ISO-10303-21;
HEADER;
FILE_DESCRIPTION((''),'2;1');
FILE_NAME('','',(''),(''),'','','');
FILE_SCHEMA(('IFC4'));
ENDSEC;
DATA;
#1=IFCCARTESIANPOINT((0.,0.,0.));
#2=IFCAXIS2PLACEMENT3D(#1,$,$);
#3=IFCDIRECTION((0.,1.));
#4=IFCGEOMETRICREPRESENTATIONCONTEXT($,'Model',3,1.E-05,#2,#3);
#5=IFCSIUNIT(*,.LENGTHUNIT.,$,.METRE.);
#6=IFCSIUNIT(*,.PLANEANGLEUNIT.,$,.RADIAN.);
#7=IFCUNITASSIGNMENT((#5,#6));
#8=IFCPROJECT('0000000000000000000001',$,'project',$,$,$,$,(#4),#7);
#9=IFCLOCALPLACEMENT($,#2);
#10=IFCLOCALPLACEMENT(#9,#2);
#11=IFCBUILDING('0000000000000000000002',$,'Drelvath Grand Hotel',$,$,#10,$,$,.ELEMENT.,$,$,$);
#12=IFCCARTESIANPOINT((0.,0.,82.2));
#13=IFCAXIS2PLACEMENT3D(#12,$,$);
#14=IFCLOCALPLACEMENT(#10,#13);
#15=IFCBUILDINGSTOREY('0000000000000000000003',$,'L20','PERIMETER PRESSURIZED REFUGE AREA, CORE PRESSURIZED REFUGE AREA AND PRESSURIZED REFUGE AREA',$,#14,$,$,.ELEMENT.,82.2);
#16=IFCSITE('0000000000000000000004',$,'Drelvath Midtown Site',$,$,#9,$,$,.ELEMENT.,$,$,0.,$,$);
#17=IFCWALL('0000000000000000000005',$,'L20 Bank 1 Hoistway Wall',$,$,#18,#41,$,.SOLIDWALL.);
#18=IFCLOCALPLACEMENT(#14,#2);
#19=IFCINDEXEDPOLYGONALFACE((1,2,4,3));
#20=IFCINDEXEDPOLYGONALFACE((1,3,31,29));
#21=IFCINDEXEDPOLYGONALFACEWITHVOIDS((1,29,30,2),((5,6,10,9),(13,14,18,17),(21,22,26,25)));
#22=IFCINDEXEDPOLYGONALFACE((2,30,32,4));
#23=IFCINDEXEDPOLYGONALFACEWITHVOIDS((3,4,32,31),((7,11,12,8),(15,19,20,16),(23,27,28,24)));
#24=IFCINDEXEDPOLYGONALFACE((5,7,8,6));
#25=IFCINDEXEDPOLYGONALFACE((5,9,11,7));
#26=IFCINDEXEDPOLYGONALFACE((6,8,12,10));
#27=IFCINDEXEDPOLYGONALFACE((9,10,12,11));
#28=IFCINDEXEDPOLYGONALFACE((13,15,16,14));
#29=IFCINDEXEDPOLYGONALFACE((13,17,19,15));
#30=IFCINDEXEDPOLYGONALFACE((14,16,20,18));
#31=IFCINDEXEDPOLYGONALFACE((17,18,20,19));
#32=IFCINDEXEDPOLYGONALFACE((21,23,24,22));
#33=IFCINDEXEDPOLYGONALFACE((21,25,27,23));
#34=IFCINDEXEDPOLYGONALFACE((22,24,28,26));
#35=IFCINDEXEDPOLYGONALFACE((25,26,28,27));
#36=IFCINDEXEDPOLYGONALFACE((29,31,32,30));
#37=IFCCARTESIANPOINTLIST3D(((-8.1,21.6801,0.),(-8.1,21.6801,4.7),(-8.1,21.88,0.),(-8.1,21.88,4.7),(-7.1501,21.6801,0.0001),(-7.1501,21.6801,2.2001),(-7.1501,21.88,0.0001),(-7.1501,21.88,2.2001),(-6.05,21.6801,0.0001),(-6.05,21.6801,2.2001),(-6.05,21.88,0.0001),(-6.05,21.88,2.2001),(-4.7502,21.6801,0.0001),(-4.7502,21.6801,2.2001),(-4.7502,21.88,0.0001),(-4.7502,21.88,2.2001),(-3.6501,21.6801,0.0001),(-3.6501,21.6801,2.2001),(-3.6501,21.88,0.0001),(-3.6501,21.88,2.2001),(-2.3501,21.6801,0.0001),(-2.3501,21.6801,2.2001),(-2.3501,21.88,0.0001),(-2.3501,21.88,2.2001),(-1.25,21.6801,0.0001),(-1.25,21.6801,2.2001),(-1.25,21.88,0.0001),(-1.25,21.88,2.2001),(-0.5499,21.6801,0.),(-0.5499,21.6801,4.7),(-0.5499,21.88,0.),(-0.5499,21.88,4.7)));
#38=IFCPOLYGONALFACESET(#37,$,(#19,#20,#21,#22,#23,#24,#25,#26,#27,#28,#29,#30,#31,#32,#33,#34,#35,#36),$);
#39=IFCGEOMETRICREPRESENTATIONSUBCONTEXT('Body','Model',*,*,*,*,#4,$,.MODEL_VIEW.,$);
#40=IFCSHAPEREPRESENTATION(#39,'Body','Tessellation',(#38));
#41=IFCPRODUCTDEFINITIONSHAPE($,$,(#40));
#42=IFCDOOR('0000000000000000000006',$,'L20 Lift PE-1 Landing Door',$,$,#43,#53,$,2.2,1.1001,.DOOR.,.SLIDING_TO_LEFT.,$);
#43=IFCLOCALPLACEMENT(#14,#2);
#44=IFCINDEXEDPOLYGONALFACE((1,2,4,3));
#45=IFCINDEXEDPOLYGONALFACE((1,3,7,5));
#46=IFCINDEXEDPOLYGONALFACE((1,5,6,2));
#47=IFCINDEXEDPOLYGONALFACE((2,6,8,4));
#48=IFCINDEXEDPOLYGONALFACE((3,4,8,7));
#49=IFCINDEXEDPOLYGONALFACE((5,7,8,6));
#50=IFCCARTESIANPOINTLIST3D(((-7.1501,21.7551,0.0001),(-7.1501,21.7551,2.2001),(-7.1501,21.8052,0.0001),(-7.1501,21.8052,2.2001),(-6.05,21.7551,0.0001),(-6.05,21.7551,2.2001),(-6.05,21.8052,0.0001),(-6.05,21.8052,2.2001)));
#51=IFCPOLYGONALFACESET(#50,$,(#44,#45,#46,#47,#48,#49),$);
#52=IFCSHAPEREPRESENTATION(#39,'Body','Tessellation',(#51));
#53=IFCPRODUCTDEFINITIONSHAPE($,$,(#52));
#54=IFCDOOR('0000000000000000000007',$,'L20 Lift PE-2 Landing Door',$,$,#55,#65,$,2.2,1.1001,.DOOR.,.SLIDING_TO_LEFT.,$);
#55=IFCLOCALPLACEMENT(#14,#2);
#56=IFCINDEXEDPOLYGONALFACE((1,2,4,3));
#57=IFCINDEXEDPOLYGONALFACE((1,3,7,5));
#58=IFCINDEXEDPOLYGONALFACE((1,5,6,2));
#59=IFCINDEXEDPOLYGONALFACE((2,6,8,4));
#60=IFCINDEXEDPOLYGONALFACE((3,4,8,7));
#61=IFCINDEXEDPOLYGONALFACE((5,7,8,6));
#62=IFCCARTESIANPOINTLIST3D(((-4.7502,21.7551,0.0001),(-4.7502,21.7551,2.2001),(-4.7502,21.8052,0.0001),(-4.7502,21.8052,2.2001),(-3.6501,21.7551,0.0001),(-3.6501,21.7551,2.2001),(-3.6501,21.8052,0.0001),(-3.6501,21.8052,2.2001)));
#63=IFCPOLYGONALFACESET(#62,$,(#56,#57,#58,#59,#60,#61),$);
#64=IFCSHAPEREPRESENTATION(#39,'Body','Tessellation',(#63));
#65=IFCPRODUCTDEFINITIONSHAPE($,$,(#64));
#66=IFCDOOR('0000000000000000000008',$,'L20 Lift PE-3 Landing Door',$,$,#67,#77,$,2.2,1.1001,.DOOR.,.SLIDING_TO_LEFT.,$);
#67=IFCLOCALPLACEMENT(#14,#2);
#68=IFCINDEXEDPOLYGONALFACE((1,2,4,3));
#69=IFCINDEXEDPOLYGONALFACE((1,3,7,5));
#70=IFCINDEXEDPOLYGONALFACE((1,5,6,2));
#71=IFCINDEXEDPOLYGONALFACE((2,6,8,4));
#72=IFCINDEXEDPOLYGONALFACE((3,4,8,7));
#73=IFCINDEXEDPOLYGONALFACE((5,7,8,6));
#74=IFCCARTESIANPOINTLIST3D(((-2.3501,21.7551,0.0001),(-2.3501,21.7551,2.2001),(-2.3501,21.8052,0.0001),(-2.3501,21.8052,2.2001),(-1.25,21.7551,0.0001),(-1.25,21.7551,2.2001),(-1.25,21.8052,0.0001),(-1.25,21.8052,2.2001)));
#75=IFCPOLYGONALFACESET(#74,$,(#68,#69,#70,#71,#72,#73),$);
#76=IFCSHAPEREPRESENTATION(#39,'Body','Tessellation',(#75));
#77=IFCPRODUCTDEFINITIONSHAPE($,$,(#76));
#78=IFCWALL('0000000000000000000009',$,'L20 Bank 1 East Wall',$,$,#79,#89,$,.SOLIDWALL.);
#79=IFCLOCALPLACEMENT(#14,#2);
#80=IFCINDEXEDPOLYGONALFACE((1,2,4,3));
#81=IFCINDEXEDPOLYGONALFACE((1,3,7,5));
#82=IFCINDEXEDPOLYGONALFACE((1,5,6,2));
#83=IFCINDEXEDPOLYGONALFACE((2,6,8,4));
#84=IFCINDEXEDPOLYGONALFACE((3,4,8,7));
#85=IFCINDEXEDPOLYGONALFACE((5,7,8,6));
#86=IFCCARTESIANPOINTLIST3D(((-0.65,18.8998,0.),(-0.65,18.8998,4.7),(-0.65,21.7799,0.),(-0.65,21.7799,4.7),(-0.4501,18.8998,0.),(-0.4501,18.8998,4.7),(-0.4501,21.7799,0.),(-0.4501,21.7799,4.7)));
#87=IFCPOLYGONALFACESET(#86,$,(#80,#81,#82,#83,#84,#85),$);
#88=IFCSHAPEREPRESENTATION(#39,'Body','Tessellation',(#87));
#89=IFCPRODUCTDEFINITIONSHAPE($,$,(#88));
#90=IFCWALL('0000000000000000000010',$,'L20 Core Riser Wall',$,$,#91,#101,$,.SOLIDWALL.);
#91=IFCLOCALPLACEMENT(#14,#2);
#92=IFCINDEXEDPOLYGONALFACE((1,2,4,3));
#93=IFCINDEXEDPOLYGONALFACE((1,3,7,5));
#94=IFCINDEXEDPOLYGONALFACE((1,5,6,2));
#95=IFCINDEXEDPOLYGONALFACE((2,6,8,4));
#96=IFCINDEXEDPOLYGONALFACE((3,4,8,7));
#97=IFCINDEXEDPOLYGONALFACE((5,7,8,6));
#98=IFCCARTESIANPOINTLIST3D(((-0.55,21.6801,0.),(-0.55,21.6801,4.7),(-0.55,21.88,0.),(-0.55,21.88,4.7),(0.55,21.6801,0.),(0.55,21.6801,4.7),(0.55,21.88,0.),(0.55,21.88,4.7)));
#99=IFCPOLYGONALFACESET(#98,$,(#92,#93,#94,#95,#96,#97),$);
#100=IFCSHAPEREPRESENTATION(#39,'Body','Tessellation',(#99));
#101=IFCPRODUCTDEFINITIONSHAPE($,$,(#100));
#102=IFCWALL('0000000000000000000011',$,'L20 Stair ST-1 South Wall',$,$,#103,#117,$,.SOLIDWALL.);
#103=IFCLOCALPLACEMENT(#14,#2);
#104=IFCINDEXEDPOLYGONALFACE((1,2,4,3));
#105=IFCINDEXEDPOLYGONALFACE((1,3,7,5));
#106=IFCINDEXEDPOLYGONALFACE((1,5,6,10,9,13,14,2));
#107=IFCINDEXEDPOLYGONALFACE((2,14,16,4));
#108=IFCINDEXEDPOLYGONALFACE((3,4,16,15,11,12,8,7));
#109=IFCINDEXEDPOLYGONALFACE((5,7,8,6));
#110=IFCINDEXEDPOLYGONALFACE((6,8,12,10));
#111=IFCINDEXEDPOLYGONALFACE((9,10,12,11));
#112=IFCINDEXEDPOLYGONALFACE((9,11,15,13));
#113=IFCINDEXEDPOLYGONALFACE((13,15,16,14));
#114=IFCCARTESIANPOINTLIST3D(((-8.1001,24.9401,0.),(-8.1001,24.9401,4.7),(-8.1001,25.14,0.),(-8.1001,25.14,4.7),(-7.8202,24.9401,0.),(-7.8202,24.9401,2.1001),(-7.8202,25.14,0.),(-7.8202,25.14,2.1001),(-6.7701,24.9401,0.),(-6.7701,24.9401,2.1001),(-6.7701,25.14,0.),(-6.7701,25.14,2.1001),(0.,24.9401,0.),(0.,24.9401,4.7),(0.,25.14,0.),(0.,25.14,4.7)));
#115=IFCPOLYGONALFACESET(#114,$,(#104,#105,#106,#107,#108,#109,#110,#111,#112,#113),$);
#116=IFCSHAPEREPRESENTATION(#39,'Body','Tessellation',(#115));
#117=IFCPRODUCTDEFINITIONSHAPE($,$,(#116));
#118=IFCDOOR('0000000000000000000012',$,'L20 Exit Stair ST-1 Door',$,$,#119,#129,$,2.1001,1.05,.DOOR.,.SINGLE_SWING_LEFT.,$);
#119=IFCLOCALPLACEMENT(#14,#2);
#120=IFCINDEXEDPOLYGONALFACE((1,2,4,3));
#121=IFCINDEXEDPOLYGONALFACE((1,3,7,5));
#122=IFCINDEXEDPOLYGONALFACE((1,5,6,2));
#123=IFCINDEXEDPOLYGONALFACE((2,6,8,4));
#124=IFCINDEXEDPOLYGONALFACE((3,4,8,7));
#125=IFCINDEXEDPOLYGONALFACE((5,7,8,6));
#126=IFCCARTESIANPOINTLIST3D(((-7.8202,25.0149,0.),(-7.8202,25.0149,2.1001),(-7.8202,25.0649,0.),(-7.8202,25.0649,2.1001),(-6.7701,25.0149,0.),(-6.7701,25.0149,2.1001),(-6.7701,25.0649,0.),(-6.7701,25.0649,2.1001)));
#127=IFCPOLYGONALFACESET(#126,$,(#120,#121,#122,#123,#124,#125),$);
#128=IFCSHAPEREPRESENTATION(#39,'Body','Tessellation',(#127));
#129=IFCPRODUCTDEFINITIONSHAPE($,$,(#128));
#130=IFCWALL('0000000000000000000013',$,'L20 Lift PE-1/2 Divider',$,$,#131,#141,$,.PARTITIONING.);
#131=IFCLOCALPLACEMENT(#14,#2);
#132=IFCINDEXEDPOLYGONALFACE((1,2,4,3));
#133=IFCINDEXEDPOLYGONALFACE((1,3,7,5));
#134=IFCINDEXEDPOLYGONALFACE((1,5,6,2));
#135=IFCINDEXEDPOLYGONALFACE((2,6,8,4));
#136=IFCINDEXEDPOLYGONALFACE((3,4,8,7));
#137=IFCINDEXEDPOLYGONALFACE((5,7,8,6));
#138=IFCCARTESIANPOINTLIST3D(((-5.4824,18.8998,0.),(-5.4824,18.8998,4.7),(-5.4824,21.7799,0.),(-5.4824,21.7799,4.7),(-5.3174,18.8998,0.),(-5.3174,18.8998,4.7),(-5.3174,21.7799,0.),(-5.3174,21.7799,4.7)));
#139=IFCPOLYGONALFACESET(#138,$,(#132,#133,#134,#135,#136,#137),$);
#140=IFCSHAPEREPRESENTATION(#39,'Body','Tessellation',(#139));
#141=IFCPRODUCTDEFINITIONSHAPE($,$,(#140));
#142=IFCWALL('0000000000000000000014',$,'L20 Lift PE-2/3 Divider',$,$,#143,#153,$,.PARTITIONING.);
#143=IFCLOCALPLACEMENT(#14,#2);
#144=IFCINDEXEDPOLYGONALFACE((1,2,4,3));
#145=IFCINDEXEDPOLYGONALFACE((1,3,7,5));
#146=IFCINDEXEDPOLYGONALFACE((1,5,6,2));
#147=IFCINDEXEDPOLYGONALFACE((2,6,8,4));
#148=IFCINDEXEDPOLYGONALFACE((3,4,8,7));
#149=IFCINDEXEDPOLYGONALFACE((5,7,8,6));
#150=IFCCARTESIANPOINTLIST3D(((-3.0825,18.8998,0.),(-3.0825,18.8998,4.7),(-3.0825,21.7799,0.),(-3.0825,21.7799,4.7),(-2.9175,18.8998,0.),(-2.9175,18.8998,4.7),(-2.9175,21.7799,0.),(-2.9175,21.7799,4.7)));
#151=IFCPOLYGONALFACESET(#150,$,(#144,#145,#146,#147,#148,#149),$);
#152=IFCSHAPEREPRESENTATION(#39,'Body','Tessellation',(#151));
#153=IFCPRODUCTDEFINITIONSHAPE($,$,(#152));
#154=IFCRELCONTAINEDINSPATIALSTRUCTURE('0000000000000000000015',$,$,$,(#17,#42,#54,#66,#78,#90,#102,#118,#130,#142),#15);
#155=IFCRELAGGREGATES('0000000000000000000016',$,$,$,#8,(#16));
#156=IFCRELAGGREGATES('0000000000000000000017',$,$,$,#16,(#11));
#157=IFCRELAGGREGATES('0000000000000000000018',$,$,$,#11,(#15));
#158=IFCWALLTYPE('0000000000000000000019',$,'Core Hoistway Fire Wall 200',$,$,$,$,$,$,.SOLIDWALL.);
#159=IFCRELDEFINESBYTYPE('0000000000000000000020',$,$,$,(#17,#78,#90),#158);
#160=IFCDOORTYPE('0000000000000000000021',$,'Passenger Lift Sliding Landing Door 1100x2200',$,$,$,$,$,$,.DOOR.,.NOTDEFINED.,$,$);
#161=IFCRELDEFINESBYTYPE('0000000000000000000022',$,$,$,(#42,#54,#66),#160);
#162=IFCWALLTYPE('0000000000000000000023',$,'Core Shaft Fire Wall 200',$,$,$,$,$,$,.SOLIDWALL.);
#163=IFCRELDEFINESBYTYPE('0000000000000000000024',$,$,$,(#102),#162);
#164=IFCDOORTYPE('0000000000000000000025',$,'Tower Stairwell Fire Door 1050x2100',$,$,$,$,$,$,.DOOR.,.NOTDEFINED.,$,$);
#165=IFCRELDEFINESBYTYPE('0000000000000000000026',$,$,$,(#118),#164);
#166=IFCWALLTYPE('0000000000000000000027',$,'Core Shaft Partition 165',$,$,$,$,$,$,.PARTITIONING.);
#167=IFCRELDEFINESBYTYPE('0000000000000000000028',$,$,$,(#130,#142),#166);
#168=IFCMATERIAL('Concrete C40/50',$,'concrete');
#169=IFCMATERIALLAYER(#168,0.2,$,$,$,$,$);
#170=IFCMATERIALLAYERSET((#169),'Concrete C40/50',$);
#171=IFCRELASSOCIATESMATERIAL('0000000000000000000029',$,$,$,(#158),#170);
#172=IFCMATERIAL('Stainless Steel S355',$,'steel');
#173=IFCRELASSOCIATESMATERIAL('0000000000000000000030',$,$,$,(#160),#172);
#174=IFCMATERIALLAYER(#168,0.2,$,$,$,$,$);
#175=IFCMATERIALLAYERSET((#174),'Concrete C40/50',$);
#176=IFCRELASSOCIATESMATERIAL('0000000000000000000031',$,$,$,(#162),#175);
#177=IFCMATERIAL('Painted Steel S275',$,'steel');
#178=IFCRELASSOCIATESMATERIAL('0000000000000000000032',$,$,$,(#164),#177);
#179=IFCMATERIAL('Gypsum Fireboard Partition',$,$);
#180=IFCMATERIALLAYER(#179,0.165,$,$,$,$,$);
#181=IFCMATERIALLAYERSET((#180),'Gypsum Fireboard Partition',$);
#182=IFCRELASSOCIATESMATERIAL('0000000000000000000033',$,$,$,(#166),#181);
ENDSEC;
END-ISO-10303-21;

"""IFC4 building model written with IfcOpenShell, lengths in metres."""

from ifc_helpers import new_model, si_unit, direction, frame, frame_2d, origin, place, context, subcontext, project, spatial, rectangle, extrude, material, layer, layer_set, type_object, element, fill, save


model = new_model("IFC4")

# Units and contexts
model_context = context("Model", 3, precision=1e-05, world=origin(), true_north=direction((0.0, 1.0)))
body_context = subcontext(model_context, "Body", "Model", "MODEL_VIEW")
ifc_project = project(units=[si_unit("LENGTHUNIT", "METRE"), si_unit("PLANEANGLEUNIT", "RADIAN")], contexts=[model_context])

# Site, building, storey
site_placement = place(None, origin())
site = spatial("IfcSite", under=ifc_project, at=site_placement, Name="Drelvath Midtown Site", CompositionType="ELEMENT", RefElevation=0.0)
building_placement = place(site_placement, origin())
building = spatial("IfcBuilding", under=site, at=building_placement, Name="Drelvath Grand Hotel", CompositionType="ELEMENT")
storey_placement = place(building_placement, frame((0.0, 0.0, 82.2)))
storey = spatial("IfcBuildingStorey", under=building, at=storey_placement, Name="L20", Description="PERIMETER PRESSURIZED REFUGE AREA, CORE PRESSURIZED REFUGE AREA AND PRESSURIZED REFUGE AREA", CompositionType="ELEMENT", Elevation=82.2)

# Wall, openings, doors
ifc_material_1 = material(Name="Concrete C40/50", Category="concrete")
ifc_layer_1 = layer(ifc_material_1, 0.2)
ifc_layer_set_1 = layer_set([ifc_layer_1], Name="Concrete C40/50")
wall_type_1 = type_object("IfcWallType", Name="Core Hoistway Fire Wall 200", PredefinedType="SOLIDWALL", material=ifc_layer_set_1)
wall_1_placement = place(storey_placement, frame((-0.55, 21.78, 0.0), z_axis=(0.0, 0.0, 1.0), x_axis=(-1.0, 0.0, 0.0)))
wall_1 = element("IfcWall", 1, at=wall_1_placement, inside=storey, type_object=wall_type_1, Name="L20 Bank 1 Hoistway Wall", PredefinedType="SOLIDWALL", context=body_context, shape_type="SweptSolid", body=[
    extrude(rectangle(XDim=7.55, YDim=0.2, at=frame_2d((3.7749, 0.0))), origin(), (0.0, 0.0, 1.0), 4.7),
])
opening_1_placement = place(wall_1_placement, frame((5.5, 0.0, 0.0)))
opening_1 = element("IfcOpeningElement", 2, at=opening_1_placement, cuts=wall_1, PredefinedType="OPENING", context=body_context, shape_type="SweptSolid", body=[
    extrude(rectangle(XDim=1.1001, YDim=2.2, at=frame_2d((0.55, 1.1001))), frame((0.0, 0.1099, 0.0), z_axis=(0.0, -1.0, 0.0), x_axis=(1.0, 0.0, 0.0)), (0.0, 0.0, 1.0), 0.22),
])
opening_2_placement = place(wall_1_placement, frame((3.1001, 0.0, 0.0)))
opening_2 = element("IfcOpeningElement", 3, at=opening_2_placement, cuts=wall_1, PredefinedType="OPENING", context=body_context, shape_type="SweptSolid", body=[
    extrude(rectangle(XDim=1.1001, YDim=2.2, at=frame_2d((0.55, 1.1001))), frame((0.0, 0.1099, 0.0), z_axis=(0.0, -1.0, 0.0), x_axis=(1.0, 0.0, 0.0)), (0.0, 0.0, 1.0), 0.22),
])
opening_3_placement = place(wall_1_placement, frame((0.7, 0.0, 0.0)))
opening_3 = element("IfcOpeningElement", 4, at=opening_3_placement, cuts=wall_1, PredefinedType="OPENING", context=body_context, shape_type="SweptSolid", body=[
    extrude(rectangle(XDim=1.1001, YDim=2.2, at=frame_2d((0.55, 1.1001))), frame((0.0, 0.1099, 0.0), z_axis=(0.0, -1.0, 0.0), x_axis=(1.0, 0.0, 0.0)), (0.0, 0.0, 1.0), 0.22),
])
ifc_material_2 = material(Name="Stainless Steel S355", Category="steel")
door_type_1 = type_object("IfcDoorType", Name="Passenger Lift Sliding Landing Door 1100x2200", OperationType="NOTDEFINED", PredefinedType="DOOR", material=ifc_material_2)
door_1_placement = place(opening_1_placement, origin())
door_1 = element("IfcDoor", 5, at=door_1_placement, inside=storey, type_object=door_type_1, Name="L20 Lift PE-1 Landing Door", OperationType="SLIDING_TO_LEFT", OverallHeight=2.2, OverallWidth=1.1001, PredefinedType="DOOR", context=body_context, shape_type="SweptSolid", body=[
    extrude(rectangle(XDim=1.1001, YDim=2.2, at=frame_2d((0.55, 1.1001))), frame((0.0, 0.0249, 0.0), z_axis=(0.0, -1.0, 0.0), x_axis=(1.0, 0.0, 0.0)), (0.0, 0.0, 1.0), 0.05),
])
fill(opening_1, door_1)
door_2_placement = place(opening_2_placement, origin())
door_2 = element("IfcDoor", 6, at=door_2_placement, inside=storey, type_object=door_type_1, Name="L20 Lift PE-2 Landing Door", OperationType="SLIDING_TO_LEFT", OverallHeight=2.2, OverallWidth=1.1001, PredefinedType="DOOR", context=body_context, shape_type="SweptSolid", body=[
    extrude(rectangle(XDim=1.1001, YDim=2.2, at=frame_2d((0.55, 1.1001))), frame((0.0, 0.0249, 0.0), z_axis=(0.0, -1.0, 0.0), x_axis=(1.0, 0.0, 0.0)), (0.0, 0.0, 1.0), 0.05),
])
fill(opening_2, door_2)
door_3_placement = place(opening_3_placement, origin())
door_3 = element("IfcDoor", 7, at=door_3_placement, inside=storey, type_object=door_type_1, Name="L20 Lift PE-3 Landing Door", OperationType="SLIDING_TO_LEFT", OverallHeight=2.2, OverallWidth=1.1001, PredefinedType="DOOR", context=body_context, shape_type="SweptSolid", body=[
    extrude(rectangle(XDim=1.1001, YDim=2.2, at=frame_2d((0.55, 1.1001))), frame((0.0, 0.0249, 0.0), z_axis=(0.0, -1.0, 0.0), x_axis=(1.0, 0.0, 0.0)), (0.0, 0.0, 1.0), 0.05),
])
fill(opening_3, door_3)

# Walls
wall_2_placement = place(storey_placement, frame((-0.55, 18.8999, 0.0), z_axis=(0.0, 0.0, 1.0), x_axis=(0.0, 1.0, 0.0)))
element("IfcWall", 8, at=wall_2_placement, inside=storey, type_object=wall_type_1, Name="L20 Bank 1 East Wall", PredefinedType="SOLIDWALL", context=body_context, shape_type="SweptSolid", body=[
    extrude(rectangle(XDim=2.8801, YDim=0.2, at=frame_2d((1.4399, 0.0))), origin(), (0.0, 0.0, 1.0), 4.7),
])
wall_3_placement = place(storey_placement, frame((-0.55, 21.78, 0.0), z_axis=(0.0, 0.0, 1.0), x_axis=(1.0, 0.0, 0.0)))
element("IfcWall", 9, at=wall_3_placement, inside=storey, type_object=wall_type_1, Name="L20 Core Riser Wall", PredefinedType="SOLIDWALL", context=body_context, shape_type="SweptSolid", body=[
    extrude(rectangle(XDim=1.1001, YDim=0.2, at=frame_2d((0.55, 0.0))), origin(), (0.0, 0.0, 1.0), 4.7),
])

# Wall, opening, door
ifc_layer_2 = layer(ifc_material_1, 0.2)
ifc_layer_set_2 = layer_set([ifc_layer_2], Name="Concrete C40/50")
wall_type_2 = type_object("IfcWallType", Name="Core Shaft Fire Wall 200", PredefinedType="SOLIDWALL", material=ifc_layer_set_2)
wall_4_placement = place(storey_placement, frame((-8.1001, 25.04, 0.0), z_axis=(0.0, 0.0, 1.0), x_axis=(1.0, 0.0, 0.0)))
wall_4 = element("IfcWall", 10, at=wall_4_placement, inside=storey, type_object=wall_type_2, Name="L20 Stair ST-1 South Wall", PredefinedType="SOLIDWALL", context=body_context, shape_type="SweptSolid", body=[
    extrude(rectangle(XDim=8.1001, YDim=0.2, at=frame_2d((4.05, 0.0))), origin(), (0.0, 0.0, 1.0), 4.7),
])
opening_4_placement = place(wall_4_placement, frame((0.28, 0.0, 0.0)))
opening_4 = element("IfcOpeningElement", 11, at=opening_4_placement, cuts=wall_4, PredefinedType="OPENING", context=body_context, shape_type="SweptSolid", body=[
    extrude(rectangle(XDim=1.05, YDim=2.1001, at=frame_2d((0.5249, 1.05))), frame((0.0, 0.1099, 0.0), z_axis=(0.0, -1.0, 0.0), x_axis=(1.0, 0.0, 0.0)), (0.0, 0.0, 1.0), 0.22),
])
ifc_material_3 = material(Name="Painted Steel S275", Category="steel")
door_type_2 = type_object("IfcDoorType", Name="Tower Stairwell Fire Door 1050x2100", OperationType="NOTDEFINED", PredefinedType="DOOR", material=ifc_material_3)
door_4_placement = place(opening_4_placement, origin())
door_4 = element("IfcDoor", 12, at=door_4_placement, inside=storey, type_object=door_type_2, Name="L20 Exit Stair ST-1 Door", OperationType="SINGLE_SWING_LEFT", OverallHeight=2.1001, OverallWidth=1.05, PredefinedType="DOOR", context=body_context, shape_type="SweptSolid", body=[
    extrude(rectangle(XDim=1.05, YDim=2.1001, at=frame_2d((0.5249, 1.05))), frame((0.0, 0.0249, 0.0), z_axis=(0.0, -1.0, 0.0), x_axis=(1.0, 0.0, 0.0)), (0.0, 0.0, 1.0), 0.05),
])
fill(opening_4, door_4)

# Walls
ifc_material_4 = material(Name="Gypsum Fireboard Partition")
ifc_layer_3 = layer(ifc_material_4, 0.165)
ifc_layer_set_3 = layer_set([ifc_layer_3], Name="Gypsum Fireboard Partition")
wall_type_3 = type_object("IfcWallType", Name="Core Shaft Partition 165", PredefinedType="PARTITIONING", material=ifc_layer_set_3)
for number, where, z_axis, x_axis, name in (
    (13, (-5.3999, 18.8999, 0.0), (0.0, 0.0, 1.0), (0.0, 1.0, 0.0), "L20 Lift PE-1/2 Divider"),
    (14, (-3.0, 18.8999, 0.0), (0.0, 0.0, 1.0), (0.0, 1.0, 0.0), "L20 Lift PE-2/3 Divider"),
):
    element("IfcWall", number, at=place(storey_placement, frame(where, z_axis=z_axis, x_axis=x_axis)), inside=storey, type_object=wall_type_3, Name=name, PredefinedType="PARTITIONING", context=body_context, shape_type="SweptSolid", body=[
        extrude(rectangle(XDim=2.8801, YDim=0.165, at=frame_2d((1.4399, 0.0))), origin(), (0.0, 0.0, 1.0), 4.7),
    ])

save(model, "model.ifc")
